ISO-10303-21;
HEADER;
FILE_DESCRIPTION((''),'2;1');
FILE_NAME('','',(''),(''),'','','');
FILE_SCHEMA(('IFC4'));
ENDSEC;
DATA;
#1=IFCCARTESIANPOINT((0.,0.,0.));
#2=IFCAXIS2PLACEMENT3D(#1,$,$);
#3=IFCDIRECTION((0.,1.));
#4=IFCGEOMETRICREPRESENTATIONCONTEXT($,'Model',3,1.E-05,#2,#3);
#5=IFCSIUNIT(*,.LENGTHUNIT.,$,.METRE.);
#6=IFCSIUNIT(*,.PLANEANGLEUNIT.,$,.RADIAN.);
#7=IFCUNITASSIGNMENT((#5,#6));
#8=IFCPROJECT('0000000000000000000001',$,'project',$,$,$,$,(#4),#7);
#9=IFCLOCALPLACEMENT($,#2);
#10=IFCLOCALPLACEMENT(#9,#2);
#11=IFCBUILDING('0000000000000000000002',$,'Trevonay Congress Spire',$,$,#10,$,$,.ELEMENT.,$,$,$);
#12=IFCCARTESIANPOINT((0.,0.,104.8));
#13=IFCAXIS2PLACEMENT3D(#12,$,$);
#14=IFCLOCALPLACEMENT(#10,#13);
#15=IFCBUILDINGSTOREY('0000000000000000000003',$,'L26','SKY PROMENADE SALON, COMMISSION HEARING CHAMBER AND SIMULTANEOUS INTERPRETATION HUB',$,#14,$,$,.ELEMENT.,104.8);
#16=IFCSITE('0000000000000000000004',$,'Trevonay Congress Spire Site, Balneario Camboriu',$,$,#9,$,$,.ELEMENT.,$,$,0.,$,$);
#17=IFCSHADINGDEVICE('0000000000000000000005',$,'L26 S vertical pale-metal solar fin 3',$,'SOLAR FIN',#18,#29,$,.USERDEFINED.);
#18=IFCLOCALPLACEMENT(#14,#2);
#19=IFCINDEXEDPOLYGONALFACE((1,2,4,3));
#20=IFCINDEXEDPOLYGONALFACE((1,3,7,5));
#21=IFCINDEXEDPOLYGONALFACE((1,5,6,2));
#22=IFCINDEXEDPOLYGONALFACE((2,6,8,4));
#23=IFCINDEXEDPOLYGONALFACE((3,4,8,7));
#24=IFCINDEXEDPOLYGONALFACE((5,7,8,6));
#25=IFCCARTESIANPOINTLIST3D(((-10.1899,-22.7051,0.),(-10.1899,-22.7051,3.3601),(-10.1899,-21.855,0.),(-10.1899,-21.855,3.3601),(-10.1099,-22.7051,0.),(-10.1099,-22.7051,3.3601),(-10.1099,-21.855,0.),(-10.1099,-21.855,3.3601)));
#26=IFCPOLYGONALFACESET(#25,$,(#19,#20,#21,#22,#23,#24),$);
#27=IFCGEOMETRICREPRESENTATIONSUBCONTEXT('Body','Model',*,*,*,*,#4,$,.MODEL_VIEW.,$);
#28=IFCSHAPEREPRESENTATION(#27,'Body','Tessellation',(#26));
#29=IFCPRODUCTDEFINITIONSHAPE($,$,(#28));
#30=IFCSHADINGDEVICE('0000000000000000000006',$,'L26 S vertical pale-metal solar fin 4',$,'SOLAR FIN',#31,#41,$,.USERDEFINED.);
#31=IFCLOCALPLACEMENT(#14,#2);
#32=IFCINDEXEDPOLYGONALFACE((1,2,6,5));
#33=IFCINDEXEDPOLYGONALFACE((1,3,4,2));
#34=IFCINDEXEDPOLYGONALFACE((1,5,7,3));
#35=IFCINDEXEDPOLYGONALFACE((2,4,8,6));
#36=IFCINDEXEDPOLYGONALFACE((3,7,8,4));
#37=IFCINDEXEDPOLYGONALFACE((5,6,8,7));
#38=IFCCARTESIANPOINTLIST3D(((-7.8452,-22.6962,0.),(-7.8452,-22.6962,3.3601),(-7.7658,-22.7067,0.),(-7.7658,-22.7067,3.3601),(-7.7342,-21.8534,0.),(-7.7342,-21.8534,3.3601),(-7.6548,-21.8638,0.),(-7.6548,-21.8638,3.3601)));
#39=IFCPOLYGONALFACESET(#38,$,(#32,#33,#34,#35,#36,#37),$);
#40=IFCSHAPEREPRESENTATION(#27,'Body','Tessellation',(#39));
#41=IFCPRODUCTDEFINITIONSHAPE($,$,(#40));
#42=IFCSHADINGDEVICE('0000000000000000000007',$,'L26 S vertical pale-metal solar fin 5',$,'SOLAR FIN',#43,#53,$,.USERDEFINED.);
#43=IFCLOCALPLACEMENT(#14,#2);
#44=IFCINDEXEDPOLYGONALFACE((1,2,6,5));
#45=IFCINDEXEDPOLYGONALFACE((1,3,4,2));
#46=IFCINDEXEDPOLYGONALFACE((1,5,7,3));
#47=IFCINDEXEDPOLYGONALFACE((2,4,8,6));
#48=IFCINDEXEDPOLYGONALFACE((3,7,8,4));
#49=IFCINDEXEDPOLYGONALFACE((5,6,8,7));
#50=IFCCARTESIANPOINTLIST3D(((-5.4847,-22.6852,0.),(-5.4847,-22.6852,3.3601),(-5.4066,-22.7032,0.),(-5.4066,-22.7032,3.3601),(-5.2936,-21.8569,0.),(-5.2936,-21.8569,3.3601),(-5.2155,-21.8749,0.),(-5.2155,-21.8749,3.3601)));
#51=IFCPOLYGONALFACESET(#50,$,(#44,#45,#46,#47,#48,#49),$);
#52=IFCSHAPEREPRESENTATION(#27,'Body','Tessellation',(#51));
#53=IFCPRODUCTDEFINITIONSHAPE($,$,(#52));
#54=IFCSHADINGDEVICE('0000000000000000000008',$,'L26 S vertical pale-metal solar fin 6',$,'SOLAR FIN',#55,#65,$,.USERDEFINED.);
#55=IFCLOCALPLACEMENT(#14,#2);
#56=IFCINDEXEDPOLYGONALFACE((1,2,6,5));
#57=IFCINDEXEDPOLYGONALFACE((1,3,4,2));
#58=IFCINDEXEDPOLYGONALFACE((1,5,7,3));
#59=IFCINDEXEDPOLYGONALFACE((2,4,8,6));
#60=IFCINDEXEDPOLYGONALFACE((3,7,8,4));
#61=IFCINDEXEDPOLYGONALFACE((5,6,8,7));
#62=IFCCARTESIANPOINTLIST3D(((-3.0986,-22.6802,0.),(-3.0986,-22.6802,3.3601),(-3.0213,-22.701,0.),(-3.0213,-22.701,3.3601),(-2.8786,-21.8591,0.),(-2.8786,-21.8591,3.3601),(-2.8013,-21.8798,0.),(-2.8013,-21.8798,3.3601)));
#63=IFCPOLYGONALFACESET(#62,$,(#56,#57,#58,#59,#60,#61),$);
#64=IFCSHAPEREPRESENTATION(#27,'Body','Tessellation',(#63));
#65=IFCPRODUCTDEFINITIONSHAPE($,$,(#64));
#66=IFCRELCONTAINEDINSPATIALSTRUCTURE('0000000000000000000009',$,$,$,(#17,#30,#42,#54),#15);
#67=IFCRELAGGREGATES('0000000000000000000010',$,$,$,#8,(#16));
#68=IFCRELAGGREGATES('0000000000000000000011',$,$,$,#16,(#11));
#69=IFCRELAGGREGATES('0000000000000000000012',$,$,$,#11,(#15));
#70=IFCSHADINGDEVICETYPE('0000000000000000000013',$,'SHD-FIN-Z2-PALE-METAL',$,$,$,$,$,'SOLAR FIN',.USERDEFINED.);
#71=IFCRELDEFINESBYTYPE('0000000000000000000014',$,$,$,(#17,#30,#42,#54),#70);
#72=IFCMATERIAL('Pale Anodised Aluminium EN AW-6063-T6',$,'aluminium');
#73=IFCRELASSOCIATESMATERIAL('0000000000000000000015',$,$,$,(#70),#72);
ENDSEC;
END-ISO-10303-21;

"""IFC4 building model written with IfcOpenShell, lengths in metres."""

from ifc_helpers import new_model, si_unit, direction, frame, origin, origin_2d, place, context, subcontext, project, spatial, rectangle, extrude, material, type_object, element, save


model = new_model("IFC4")

# Units and contexts
model_context = context("Model", 3, precision=1e-05, world=origin(), true_north=direction((0.0, 1.0)))
body_context = subcontext(model_context, "Body", "Model", "MODEL_VIEW")
ifc_project = project(units=[si_unit("LENGTHUNIT", "METRE"), si_unit("PLANEANGLEUNIT", "RADIAN")], contexts=[model_context])

# Site, building, storey
site_placement = place(None, origin())
site = spatial("IfcSite", under=ifc_project, at=site_placement, Name="Trevonay Congress Spire Site, Balneario Camboriu", CompositionType="ELEMENT", RefElevation=0.0)
building_placement = place(site_placement, origin())
building = spatial("IfcBuilding", under=site, at=building_placement, Name="Trevonay Congress Spire", CompositionType="ELEMENT")
storey_placement = place(building_placement, frame((0.0, 0.0, 104.8)))
storey = spatial("IfcBuildingStorey", under=building, at=storey_placement, Name="L26", Description="SKY PROMENADE SALON, COMMISSION HEARING CHAMBER AND SIMULTANEOUS INTERPRETATION HUB", CompositionType="ELEMENT", Elevation=104.8)

# Shared definitions
ifc_material_1 = material(Name="Pale Anodised Aluminium EN AW-6063-T6", Category="aluminium")

# Shading devices
shading_device_type = type_object("IfcShadingDeviceType", Name="SHD-FIN-Z2-PALE-METAL", ElementType="SOLAR FIN", PredefinedType="USERDEFINED", material=ifc_material_1)
for number, where, z_axis, x_axis, name in (
    (1, (-10.1499, -22.28, 0.0), (0.0, 0.0, 1.0), (1.0, 0.0, 0.0), "L26 S vertical pale-metal solar fin 3"),
    (2, (-7.75, -22.28, 0.0), (0.0, 0.0, 1.0), (0.991445, -0.130526, 0.0), "L26 S vertical pale-metal solar fin 4"),
    (3, (-5.3501, -22.28, 0.0), (0.0, 0.0, 1.0), (0.974409, -0.224781, 0.0), "L26 S vertical pale-metal solar fin 5"),
    (4, (-2.95, -22.28, 0.0), (0.0, 0.0, 1.0), (0.965926, -0.258819, 0.0), "L26 S vertical pale-metal solar fin 6"),
):
    element("IfcShadingDevice", number, at=place(storey_placement, frame(where, z_axis=z_axis, x_axis=x_axis)), inside=storey, type_object=shading_device_type, Name=name, ObjectType="SOLAR FIN", PredefinedType="USERDEFINED", context=body_context, shape_type="SweptSolid", body=[
        extrude(rectangle(XDim=0.0801, YDim=0.8501, at=origin_2d()), origin(), (0.0, 0.0, 1.0), 3.3601),
    ])

save(model, "model.ifc")
